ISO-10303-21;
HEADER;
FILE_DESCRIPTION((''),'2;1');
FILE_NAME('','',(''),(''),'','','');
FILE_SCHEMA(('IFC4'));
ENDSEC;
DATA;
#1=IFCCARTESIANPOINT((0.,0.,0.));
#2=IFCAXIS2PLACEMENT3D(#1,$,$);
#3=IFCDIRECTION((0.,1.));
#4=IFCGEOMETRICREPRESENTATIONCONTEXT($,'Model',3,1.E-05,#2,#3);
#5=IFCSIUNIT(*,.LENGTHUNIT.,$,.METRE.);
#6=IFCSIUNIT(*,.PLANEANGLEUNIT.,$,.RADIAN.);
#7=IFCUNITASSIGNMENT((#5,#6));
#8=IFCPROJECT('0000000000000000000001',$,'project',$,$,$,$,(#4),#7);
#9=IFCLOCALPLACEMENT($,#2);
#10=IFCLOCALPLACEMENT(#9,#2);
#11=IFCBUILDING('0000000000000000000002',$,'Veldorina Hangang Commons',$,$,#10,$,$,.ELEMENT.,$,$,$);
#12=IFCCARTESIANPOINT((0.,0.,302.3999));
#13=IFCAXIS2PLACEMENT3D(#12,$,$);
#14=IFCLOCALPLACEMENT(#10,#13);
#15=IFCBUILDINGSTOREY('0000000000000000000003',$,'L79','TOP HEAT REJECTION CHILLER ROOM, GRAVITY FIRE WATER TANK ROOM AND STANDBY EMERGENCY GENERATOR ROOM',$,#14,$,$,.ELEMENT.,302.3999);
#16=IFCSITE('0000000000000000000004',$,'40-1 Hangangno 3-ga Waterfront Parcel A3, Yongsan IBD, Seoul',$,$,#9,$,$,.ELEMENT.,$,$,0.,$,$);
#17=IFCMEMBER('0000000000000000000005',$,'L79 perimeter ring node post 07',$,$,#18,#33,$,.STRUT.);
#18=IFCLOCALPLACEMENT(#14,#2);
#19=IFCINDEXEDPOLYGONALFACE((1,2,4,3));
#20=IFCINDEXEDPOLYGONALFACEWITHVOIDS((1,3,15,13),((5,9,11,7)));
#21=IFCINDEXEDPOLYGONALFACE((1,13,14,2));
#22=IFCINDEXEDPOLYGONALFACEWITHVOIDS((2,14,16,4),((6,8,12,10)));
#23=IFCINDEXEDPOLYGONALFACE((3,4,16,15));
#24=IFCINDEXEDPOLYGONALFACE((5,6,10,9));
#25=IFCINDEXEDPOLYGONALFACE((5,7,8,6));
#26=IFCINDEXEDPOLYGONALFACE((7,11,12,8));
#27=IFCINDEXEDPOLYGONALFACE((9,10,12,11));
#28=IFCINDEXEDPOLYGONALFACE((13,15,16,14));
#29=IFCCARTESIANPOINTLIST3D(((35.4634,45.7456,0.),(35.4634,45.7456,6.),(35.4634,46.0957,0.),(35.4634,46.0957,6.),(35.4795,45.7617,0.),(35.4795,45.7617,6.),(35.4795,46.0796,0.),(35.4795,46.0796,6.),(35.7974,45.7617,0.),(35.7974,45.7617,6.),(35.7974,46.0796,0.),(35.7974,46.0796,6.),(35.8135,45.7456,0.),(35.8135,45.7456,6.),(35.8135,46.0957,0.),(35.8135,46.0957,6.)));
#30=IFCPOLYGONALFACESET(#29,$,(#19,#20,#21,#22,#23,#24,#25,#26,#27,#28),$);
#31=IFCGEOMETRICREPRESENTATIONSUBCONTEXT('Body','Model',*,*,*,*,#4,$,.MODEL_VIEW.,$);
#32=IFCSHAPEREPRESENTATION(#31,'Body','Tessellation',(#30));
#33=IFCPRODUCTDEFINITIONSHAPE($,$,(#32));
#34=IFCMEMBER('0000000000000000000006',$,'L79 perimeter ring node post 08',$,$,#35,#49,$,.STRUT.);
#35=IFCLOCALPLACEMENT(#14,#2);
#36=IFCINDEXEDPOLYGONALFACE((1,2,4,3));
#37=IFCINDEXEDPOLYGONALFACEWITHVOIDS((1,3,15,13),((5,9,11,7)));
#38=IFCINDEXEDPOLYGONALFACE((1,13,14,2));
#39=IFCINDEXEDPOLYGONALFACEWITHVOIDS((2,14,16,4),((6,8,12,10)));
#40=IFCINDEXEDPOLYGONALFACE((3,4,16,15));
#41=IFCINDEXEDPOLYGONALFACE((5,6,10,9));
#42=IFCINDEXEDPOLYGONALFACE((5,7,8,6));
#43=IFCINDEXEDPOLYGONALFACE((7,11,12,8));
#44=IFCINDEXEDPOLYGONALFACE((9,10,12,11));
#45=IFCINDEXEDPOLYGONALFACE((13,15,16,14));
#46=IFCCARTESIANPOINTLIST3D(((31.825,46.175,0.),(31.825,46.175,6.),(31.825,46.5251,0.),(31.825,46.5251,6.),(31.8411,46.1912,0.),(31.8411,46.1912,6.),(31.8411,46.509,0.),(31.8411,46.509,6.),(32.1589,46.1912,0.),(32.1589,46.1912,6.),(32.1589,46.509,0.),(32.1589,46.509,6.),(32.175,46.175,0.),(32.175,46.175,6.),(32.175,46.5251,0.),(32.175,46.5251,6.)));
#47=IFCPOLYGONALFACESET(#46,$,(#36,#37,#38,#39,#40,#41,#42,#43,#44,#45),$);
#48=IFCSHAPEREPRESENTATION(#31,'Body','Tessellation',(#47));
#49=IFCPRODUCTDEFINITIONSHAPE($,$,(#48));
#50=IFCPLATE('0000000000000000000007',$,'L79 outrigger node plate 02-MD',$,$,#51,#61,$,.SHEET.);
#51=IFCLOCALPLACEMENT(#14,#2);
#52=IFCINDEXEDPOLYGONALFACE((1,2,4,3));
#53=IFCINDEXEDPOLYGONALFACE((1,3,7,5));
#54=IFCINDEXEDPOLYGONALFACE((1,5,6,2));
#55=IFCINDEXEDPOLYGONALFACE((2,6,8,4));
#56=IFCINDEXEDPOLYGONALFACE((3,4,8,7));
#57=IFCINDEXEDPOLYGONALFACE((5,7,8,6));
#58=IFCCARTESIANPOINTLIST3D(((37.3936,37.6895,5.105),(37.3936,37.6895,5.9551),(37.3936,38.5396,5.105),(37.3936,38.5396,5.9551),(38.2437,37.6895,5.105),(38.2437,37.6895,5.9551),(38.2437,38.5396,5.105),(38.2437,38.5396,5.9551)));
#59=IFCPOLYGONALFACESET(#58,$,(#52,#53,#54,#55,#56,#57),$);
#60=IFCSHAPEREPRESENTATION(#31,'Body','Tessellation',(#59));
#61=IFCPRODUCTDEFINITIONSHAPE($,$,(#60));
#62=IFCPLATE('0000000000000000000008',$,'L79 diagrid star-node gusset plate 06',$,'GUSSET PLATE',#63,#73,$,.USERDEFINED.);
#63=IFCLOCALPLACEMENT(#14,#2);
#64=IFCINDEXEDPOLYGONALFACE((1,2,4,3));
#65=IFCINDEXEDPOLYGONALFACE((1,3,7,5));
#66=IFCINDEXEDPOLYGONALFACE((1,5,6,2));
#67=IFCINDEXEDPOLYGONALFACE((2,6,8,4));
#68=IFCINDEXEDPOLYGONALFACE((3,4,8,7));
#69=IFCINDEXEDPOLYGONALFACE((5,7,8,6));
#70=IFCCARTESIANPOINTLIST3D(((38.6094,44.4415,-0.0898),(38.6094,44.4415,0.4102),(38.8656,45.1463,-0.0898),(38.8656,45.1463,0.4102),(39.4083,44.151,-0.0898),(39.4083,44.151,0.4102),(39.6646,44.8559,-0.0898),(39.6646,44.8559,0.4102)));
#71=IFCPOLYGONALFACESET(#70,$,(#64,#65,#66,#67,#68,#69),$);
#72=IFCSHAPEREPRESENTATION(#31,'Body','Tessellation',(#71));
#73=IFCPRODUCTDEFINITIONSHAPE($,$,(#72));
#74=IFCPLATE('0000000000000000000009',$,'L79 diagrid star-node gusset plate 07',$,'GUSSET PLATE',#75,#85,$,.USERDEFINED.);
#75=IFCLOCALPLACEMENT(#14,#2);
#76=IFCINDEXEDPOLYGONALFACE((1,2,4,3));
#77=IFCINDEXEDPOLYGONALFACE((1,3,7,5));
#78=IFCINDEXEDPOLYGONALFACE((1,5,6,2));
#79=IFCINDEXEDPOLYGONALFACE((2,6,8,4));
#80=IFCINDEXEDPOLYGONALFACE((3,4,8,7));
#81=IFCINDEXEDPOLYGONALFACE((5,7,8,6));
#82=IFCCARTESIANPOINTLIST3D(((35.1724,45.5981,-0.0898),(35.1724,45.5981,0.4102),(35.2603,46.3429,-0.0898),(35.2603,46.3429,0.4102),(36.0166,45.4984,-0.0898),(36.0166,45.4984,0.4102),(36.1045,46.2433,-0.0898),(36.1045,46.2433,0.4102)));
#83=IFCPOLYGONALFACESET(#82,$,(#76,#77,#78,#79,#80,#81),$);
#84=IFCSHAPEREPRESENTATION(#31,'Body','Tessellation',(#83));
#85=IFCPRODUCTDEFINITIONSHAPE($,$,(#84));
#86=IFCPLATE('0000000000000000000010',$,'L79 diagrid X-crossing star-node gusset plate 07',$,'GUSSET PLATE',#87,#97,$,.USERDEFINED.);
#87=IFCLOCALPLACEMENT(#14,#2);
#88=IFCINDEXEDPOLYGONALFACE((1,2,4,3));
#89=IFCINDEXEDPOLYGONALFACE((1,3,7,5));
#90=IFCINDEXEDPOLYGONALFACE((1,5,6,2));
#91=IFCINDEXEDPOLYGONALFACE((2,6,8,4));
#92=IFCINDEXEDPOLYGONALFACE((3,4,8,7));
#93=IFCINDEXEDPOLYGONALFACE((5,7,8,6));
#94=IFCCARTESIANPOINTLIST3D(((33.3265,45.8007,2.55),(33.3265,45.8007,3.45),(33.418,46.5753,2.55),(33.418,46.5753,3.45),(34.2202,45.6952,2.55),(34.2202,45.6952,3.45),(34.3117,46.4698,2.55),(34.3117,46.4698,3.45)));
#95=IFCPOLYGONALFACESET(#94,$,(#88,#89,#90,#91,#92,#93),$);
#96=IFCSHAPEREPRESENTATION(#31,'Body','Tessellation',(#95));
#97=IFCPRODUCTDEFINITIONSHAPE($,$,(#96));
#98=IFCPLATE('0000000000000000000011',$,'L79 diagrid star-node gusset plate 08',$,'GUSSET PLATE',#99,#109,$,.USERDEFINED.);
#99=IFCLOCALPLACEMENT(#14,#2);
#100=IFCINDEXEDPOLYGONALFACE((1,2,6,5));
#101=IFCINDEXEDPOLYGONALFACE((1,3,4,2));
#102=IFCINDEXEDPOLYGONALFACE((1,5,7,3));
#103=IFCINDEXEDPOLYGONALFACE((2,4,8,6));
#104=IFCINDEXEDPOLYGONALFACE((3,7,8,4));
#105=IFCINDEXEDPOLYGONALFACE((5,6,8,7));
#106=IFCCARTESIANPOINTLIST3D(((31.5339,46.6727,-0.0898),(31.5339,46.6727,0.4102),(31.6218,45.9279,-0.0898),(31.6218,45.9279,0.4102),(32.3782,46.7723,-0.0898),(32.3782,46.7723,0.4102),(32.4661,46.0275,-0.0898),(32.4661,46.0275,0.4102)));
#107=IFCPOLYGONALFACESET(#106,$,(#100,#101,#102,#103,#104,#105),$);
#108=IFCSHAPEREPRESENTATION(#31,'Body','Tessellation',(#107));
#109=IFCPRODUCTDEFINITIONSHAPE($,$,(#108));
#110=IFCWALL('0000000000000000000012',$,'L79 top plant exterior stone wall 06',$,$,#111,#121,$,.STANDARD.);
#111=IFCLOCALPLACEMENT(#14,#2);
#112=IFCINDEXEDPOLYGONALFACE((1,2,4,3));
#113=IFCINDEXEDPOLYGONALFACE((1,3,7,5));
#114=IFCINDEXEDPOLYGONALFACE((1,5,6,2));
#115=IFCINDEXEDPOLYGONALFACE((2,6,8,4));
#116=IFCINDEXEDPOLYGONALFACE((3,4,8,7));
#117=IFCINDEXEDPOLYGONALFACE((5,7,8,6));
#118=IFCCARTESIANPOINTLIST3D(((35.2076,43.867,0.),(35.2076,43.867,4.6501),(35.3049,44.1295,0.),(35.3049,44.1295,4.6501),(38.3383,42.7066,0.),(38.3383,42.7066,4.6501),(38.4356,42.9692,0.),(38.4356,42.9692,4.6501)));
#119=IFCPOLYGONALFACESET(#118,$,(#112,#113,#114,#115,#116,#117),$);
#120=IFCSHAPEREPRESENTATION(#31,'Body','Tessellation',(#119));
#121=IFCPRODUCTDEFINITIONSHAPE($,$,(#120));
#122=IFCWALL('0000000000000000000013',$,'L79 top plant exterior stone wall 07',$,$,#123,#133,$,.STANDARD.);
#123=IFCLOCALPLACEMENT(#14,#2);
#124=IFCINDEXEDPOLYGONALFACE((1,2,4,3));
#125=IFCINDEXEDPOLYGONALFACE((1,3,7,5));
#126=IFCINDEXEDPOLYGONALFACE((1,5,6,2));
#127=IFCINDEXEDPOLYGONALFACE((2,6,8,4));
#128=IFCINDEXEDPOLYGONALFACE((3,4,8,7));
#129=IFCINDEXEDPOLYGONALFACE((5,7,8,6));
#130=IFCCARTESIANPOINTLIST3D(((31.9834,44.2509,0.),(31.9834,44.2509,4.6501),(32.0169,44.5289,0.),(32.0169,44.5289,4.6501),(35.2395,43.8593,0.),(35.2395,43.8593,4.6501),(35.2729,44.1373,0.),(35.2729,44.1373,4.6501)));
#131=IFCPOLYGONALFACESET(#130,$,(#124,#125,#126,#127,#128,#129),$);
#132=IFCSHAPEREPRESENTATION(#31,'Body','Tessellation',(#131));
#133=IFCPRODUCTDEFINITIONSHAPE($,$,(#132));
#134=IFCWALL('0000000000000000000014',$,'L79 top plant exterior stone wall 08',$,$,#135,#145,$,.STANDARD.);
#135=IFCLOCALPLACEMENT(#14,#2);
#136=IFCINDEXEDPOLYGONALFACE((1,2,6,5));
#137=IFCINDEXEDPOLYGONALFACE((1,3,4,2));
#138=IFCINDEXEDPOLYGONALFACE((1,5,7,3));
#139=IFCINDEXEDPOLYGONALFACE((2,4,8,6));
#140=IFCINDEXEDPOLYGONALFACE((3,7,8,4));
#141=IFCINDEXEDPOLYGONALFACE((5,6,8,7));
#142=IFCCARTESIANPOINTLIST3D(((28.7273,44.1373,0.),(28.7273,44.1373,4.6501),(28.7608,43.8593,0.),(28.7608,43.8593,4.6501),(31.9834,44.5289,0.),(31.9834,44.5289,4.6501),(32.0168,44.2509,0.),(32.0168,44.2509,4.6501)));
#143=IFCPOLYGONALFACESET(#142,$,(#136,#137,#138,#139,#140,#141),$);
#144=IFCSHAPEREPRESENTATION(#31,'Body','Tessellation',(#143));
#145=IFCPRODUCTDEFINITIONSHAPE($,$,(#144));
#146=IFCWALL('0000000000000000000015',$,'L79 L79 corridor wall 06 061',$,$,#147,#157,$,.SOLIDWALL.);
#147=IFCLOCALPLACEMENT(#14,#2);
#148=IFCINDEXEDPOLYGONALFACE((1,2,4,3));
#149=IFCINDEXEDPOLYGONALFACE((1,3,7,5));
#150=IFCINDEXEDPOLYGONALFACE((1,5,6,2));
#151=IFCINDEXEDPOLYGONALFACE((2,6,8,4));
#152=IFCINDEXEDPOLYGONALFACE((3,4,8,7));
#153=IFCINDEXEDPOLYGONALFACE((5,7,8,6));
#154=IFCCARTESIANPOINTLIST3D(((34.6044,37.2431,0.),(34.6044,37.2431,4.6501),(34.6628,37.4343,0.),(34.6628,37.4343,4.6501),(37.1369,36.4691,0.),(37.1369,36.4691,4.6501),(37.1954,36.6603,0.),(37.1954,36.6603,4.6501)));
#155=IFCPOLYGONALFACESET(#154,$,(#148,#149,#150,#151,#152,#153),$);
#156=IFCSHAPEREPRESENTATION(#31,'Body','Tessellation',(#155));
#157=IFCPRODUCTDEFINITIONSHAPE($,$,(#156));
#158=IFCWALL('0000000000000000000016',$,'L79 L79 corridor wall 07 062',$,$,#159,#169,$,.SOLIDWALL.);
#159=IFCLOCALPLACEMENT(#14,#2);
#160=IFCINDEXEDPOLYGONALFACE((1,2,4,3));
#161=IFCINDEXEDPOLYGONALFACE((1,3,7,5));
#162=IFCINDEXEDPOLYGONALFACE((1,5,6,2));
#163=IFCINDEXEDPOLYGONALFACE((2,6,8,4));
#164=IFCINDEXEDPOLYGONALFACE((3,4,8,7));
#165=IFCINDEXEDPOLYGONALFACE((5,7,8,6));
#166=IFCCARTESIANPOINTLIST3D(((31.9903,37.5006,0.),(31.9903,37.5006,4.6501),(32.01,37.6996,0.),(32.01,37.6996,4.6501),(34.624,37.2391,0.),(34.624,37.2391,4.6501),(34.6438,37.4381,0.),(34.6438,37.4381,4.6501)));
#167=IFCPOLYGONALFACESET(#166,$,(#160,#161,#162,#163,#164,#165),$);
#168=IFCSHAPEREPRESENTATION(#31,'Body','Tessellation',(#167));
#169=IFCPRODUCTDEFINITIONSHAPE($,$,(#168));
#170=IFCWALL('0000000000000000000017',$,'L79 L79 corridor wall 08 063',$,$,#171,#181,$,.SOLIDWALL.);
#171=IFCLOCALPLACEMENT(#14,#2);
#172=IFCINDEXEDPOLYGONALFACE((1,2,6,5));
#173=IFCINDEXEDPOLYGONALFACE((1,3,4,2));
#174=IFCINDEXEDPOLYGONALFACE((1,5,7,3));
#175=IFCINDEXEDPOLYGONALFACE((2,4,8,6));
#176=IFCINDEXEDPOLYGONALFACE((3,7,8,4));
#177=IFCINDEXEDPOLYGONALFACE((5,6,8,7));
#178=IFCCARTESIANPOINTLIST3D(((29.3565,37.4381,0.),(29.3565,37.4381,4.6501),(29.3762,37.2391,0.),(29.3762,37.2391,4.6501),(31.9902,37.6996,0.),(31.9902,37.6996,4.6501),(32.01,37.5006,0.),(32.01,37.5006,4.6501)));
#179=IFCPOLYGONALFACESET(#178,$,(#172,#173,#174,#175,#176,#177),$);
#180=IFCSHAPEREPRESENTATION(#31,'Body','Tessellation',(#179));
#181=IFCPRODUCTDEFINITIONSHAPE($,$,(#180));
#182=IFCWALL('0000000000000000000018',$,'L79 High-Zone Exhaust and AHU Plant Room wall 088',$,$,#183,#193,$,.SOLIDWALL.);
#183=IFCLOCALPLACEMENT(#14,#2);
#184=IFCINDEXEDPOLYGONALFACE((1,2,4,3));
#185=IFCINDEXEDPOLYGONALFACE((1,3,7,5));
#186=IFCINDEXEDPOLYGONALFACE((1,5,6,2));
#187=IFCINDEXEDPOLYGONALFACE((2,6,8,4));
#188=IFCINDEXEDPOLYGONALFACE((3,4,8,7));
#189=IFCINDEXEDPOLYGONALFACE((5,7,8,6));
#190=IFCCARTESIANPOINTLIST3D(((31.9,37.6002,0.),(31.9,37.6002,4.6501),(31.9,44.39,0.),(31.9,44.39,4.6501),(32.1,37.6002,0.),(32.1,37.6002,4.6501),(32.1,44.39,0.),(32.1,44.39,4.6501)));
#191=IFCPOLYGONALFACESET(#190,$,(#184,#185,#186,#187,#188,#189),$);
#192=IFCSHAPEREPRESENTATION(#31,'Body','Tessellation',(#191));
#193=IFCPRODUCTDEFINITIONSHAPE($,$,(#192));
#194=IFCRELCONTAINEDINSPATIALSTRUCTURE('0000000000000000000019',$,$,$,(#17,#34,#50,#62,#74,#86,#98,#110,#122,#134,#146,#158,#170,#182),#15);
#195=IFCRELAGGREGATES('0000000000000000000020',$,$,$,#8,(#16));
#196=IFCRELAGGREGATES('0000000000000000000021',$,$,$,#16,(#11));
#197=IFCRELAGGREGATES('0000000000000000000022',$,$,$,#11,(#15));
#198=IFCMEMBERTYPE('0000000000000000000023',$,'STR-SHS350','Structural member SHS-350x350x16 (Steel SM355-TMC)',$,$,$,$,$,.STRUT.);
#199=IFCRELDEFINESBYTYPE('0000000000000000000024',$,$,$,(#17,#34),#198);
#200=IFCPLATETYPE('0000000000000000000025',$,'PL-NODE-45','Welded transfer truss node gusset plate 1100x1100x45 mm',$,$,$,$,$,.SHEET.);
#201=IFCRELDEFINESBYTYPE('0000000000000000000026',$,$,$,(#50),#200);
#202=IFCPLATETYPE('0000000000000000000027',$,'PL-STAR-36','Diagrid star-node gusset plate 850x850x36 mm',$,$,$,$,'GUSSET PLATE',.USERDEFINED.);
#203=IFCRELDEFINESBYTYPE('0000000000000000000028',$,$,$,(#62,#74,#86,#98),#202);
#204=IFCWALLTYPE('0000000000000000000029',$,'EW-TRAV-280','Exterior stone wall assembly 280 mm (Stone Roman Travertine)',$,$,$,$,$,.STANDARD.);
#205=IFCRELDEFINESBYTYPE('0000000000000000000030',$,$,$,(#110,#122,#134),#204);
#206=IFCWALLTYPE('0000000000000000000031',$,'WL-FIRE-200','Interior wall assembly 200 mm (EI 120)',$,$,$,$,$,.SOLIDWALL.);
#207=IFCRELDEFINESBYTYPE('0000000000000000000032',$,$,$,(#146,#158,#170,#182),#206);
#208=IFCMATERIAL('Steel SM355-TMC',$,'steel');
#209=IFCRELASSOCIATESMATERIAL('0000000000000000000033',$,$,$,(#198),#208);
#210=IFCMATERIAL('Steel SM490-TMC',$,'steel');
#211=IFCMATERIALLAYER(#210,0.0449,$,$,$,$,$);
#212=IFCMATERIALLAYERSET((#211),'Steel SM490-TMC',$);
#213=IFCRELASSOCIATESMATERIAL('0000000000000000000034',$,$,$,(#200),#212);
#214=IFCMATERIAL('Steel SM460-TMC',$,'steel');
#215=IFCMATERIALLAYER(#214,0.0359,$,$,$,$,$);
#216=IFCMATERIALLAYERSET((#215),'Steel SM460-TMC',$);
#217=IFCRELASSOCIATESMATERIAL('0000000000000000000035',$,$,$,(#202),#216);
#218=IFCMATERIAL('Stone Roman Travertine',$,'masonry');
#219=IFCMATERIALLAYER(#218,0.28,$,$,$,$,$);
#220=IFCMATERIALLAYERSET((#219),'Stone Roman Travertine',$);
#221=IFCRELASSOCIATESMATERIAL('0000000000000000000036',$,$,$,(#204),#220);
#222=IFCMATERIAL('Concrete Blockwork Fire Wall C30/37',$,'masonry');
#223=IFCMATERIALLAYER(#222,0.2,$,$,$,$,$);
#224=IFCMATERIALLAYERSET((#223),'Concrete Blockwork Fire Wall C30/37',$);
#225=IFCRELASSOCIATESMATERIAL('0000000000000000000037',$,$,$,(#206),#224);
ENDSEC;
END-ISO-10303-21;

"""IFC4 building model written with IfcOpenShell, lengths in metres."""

from ifc_helpers import new_model, si_unit, direction, frame, frame_2d, origin, origin_2d, place, context, subcontext, project, spatial, rectangle, hollow_rectangle, extrude, material, layer, layer_set, material_profile, profile_set, type_object, element, save


model = new_model("IFC4")

# Units and contexts
model_context = context("Model", 3, precision=1e-05, world=origin(), true_north=direction((0.0, 1.0)))
body_context = subcontext(model_context, "Body", "Model", "MODEL_VIEW")
ifc_project = project(units=[si_unit("LENGTHUNIT", "METRE"), si_unit("PLANEANGLEUNIT", "RADIAN")], contexts=[model_context])

# Site, building, storey
site_placement = place(None, origin())
site = spatial("IfcSite", under=ifc_project, at=site_placement, Name="40-1 Hangangno 3-ga Waterfront Parcel A3, Yongsan IBD, Seoul", CompositionType="ELEMENT", RefElevation=0.0)
building_placement = place(site_placement, origin())
building = spatial("IfcBuilding", under=site, at=building_placement, Name="Veldorina Hangang Commons", CompositionType="ELEMENT")
storey_placement = place(building_placement, frame((0.0, 0.0, 302.3999)))
storey = spatial("IfcBuildingStorey", under=building, at=storey_placement, Name="L79", Description="TOP HEAT REJECTION CHILLER ROOM, GRAVITY FIRE WATER TANK ROOM AND STANDBY EMERGENCY GENERATOR ROOM", CompositionType="ELEMENT", Elevation=302.3999)

# Shared definitions
ifc_material_1 = material(Name="Steel SM460-TMC", Category="steel")
ifc_material_2 = material(Name="Steel SM355-TMC", Category="steel")

# Members
ifc_material_profile_1 = material_profile(ifc_material_2, hollow_rectangle(XDim=0.3501, YDim=0.3501, WallThickness=0.0161, at=origin_2d()), Name="SHS-350x350x16")
ifc_profile_set_1 = profile_set([ifc_material_profile_1], Name="Steel SM355-TMC")
member_type_1 = type_object("IfcMemberType", Name="STR-SHS350", Description="Structural member SHS-350x350x16 (Steel SM355-TMC)", PredefinedType="STRUT", material=ifc_profile_set_1)
for number, where, z_axis, x_axis, name in (
    (1, (35.6384, 45.9207, 0.0), (0.0, 0.0, 1.0), (1.0, 0.0, 0.0), "L79 perimeter ring node post 07"),
    (2, (32.0, 46.3501, 0.0), (0.0, 0.0, 1.0), (1.0, 0.0, 0.0), "L79 perimeter ring node post 08"),
):
    element("IfcMember", number, at=place(storey_placement, frame(where, z_axis=z_axis, x_axis=x_axis)), inside=storey, type_object=member_type_1, Name=name, PredefinedType="STRUT", context=body_context, shape_type="SweptSolid", body=[
        extrude(hollow_rectangle(XDim=0.3501, YDim=0.3501, WallThickness=0.0161, at=origin_2d()), origin(), (0.0, 0.0, 1.0), 6.0),
    ])

# Plates
ifc_material_3 = material(Name="Steel SM490-TMC", Category="steel")
ifc_layer_1 = layer(ifc_material_3, 0.0449)
ifc_layer_set_1 = layer_set([ifc_layer_1], Name="Steel SM490-TMC")
plate_type_1 = type_object("IfcPlateType", Name="PL-NODE-45", Description="Welded transfer truss node gusset plate 1100x1100x45 mm", PredefinedType="SHEET", material=ifc_layer_set_1)
plate_1_placement = place(storey_placement, frame((37.8186, 38.1145, 5.105), z_axis=(0.0, 0.0, 1.0), x_axis=(1.0, 0.0, 0.0)))
element("IfcPlate", 3, at=plate_1_placement, inside=storey, type_object=plate_type_1, Name="L79 outrigger node plate 02-MD", PredefinedType="SHEET", context=body_context, shape_type="SweptSolid", body=[
    extrude(rectangle(XDim=0.8501, YDim=0.8501, at=origin_2d()), origin(), (0.0, 0.0, 1.0), 0.8501),
])
ifc_layer_2 = layer(ifc_material_1, 0.0359)
ifc_layer_set_2 = layer_set([ifc_layer_2], Name="Steel SM460-TMC")
plate_type_2 = type_object("IfcPlateType", Name="PL-STAR-36", Description="Diagrid star-node gusset plate 850x850x36 mm", ElementType="GUSSET PLATE", PredefinedType="USERDEFINED", material=ifc_layer_set_2)
for number, where, z_axis, x_axis, name in (
    (4, (39.137, 44.6487, -0.0898), (0.0, 0.0, 1.0), (-0.939818, 0.341676, 0.0), "L79 diagrid star-node gusset plate 06"),
    (5, (35.6384, 45.9207, -0.0898), (0.0, 0.0, 1.0), (-0.993107, 0.117208, 0.0), "L79 diagrid star-node gusset plate 07"),
):
    element("IfcPlate", number, at=place(storey_placement, frame(where, z_axis=z_axis, x_axis=x_axis)), inside=storey, type_object=plate_type_2, Name=name, ObjectType="GUSSET PLATE", PredefinedType="USERDEFINED", context=body_context, shape_type="SweptSolid", body=[
        extrude(rectangle(XDim=0.8501, YDim=0.75, at=origin_2d()), origin(), (0.0, 0.0, 1.0), 0.5),
    ])
plate_2_placement = place(storey_placement, frame((33.8191, 46.1353, 2.55), z_axis=(0.0, 0.0, 1.0), x_axis=(-0.993107, 0.117208, 0.0)))
element("IfcPlate", 6, at=plate_2_placement, inside=storey, type_object=plate_type_2, Name="L79 diagrid X-crossing star-node gusset plate 07", ObjectType="GUSSET PLATE", PredefinedType="USERDEFINED", context=body_context, shape_type="SweptSolid", body=[
    extrude(rectangle(XDim=0.8999, YDim=0.78, at=origin_2d()), origin(), (0.0, 0.0, 1.0), 0.8999),
])
plate_3_placement = place(storey_placement, frame((32.0, 46.3501, -0.0898), z_axis=(0.0, 0.0, 1.0), x_axis=(-0.993107, -0.117208, 0.0)))
element("IfcPlate", 7, at=plate_3_placement, inside=storey, type_object=plate_type_2, Name="L79 diagrid star-node gusset plate 08", ObjectType="GUSSET PLATE", PredefinedType="USERDEFINED", context=body_context, shape_type="SweptSolid", body=[
    extrude(rectangle(XDim=0.8501, YDim=0.75, at=origin_2d()), origin(), (0.0, 0.0, 1.0), 0.5),
])

# Walls
ifc_material_4 = material(Name="Stone Roman Travertine", Category="masonry")
ifc_layer_3 = layer(ifc_material_4, 0.28)
ifc_layer_set_3 = layer_set([ifc_layer_3], Name="Stone Roman Travertine")
wall_type_1 = type_object("IfcWallType", Name="EW-TRAV-280", Description="Exterior stone wall assembly 280 mm (Stone Roman Travertine)", PredefinedType="STANDARD", material=ifc_layer_set_3)
wall_1_placement = place(storey_placement, frame((38.387, 42.8379, 0.0), z_axis=(0.0, 0.0, 1.0), x_axis=(-0.937668, 0.347531, 0.0)))
element("IfcWall", 8, at=wall_1_placement, inside=storey, type_object=wall_type_1, Name="L79 top plant exterior stone wall 06", PredefinedType="STANDARD", context=body_context, shape_type="SweptSolid", body=[
    extrude(rectangle(XDim=3.3389, YDim=0.28, at=frame_2d((1.6694, 0.0))), origin(), (0.0, 0.0, 1.0), 4.6501),
])
for number, where, z_axis, x_axis, name in (
    (9, (35.2561, 43.9983, 0.0), (0.0, 0.0, 1.0), (-0.992845, 0.119406, 0.0), "L79 top plant exterior stone wall 07"),
    (10, (32.0, 44.3899, 0.0), (0.0, 0.0, 1.0), (-0.992845, -0.119406, 0.0), "L79 top plant exterior stone wall 08"),
):
    element("IfcWall", number, at=place(storey_placement, frame(where, z_axis=z_axis, x_axis=x_axis)), inside=storey, type_object=wall_type_1, Name=name, PredefinedType="STANDARD", context=body_context, shape_type="SweptSolid", body=[
        extrude(rectangle(XDim=3.2795, YDim=0.28, at=frame_2d((1.6396, 0.0))), origin(), (0.0, 0.0, 1.0), 4.6501),
    ])
ifc_material_5 = material(Name="Concrete Blockwork Fire Wall C30/37", Category="masonry")
ifc_layer_4 = layer(ifc_material_5, 0.2)
ifc_layer_set_4 = layer_set([ifc_layer_4], Name="Concrete Blockwork Fire Wall C30/37")
wall_type_2 = type_object("IfcWallType", Name="WL-FIRE-200", Description="Interior wall assembly 200 mm (EI 120)", PredefinedType="SOLIDWALL", material=ifc_layer_set_4)
wall_2_placement = place(storey_placement, frame((37.1663, 36.5647, 0.0), z_axis=(0.0, 0.0, 1.0), x_axis=(-0.956339, 0.292258, 0.0)))
element("IfcWall", 11, at=wall_2_placement, inside=storey, type_object=wall_type_2, Name="L79 L79 corridor wall 06 061", PredefinedType="SOLIDWALL", context=body_context, shape_type="SweptSolid", body=[
    extrude(rectangle(XDim=2.6482, YDim=0.2, at=frame_2d((1.3242, 0.0))), origin(), (0.0, 0.0, 1.0), 4.6501),
])
for number, where, z_axis, x_axis, name in (
    (12, (34.6338, 37.3386, 0.0), (0.0, 0.0, 1.0), (-0.995108, 0.098791, 0.0), "L79 L79 corridor wall 07 062"),
    (13, (32.0, 37.6001, 0.0), (0.0, 0.0, 1.0), (-0.995108, -0.098791, 0.0), "L79 L79 corridor wall 08 063"),
):
    element("IfcWall", number, at=place(storey_placement, frame(where, z_axis=z_axis, x_axis=x_axis)), inside=storey, type_object=wall_type_2, Name=name, PredefinedType="SOLIDWALL", context=body_context, shape_type="SweptSolid", body=[
        extrude(rectangle(XDim=2.6467, YDim=0.2, at=frame_2d((1.3232, 0.0))), origin(), (0.0, 0.0, 1.0), 4.6501),
    ])
wall_3_placement = place(storey_placement, frame((32.0, 37.6001, 0.0), z_axis=(0.0, 0.0, 1.0), x_axis=(0.0, 1.0, 0.0)))
element("IfcWall", 14, at=wall_3_placement, inside=storey, type_object=wall_type_2, Name="L79 High-Zone Exhaust and AHU Plant Room wall 088", PredefinedType="SOLIDWALL", context=body_context, shape_type="SweptSolid", body=[
    extrude(rectangle(XDim=6.7898, YDim=0.2, at=frame_2d((3.395, 0.0))), origin(), (0.0, 0.0, 1.0), 4.6501),
])

save(model, "model.ifc")
